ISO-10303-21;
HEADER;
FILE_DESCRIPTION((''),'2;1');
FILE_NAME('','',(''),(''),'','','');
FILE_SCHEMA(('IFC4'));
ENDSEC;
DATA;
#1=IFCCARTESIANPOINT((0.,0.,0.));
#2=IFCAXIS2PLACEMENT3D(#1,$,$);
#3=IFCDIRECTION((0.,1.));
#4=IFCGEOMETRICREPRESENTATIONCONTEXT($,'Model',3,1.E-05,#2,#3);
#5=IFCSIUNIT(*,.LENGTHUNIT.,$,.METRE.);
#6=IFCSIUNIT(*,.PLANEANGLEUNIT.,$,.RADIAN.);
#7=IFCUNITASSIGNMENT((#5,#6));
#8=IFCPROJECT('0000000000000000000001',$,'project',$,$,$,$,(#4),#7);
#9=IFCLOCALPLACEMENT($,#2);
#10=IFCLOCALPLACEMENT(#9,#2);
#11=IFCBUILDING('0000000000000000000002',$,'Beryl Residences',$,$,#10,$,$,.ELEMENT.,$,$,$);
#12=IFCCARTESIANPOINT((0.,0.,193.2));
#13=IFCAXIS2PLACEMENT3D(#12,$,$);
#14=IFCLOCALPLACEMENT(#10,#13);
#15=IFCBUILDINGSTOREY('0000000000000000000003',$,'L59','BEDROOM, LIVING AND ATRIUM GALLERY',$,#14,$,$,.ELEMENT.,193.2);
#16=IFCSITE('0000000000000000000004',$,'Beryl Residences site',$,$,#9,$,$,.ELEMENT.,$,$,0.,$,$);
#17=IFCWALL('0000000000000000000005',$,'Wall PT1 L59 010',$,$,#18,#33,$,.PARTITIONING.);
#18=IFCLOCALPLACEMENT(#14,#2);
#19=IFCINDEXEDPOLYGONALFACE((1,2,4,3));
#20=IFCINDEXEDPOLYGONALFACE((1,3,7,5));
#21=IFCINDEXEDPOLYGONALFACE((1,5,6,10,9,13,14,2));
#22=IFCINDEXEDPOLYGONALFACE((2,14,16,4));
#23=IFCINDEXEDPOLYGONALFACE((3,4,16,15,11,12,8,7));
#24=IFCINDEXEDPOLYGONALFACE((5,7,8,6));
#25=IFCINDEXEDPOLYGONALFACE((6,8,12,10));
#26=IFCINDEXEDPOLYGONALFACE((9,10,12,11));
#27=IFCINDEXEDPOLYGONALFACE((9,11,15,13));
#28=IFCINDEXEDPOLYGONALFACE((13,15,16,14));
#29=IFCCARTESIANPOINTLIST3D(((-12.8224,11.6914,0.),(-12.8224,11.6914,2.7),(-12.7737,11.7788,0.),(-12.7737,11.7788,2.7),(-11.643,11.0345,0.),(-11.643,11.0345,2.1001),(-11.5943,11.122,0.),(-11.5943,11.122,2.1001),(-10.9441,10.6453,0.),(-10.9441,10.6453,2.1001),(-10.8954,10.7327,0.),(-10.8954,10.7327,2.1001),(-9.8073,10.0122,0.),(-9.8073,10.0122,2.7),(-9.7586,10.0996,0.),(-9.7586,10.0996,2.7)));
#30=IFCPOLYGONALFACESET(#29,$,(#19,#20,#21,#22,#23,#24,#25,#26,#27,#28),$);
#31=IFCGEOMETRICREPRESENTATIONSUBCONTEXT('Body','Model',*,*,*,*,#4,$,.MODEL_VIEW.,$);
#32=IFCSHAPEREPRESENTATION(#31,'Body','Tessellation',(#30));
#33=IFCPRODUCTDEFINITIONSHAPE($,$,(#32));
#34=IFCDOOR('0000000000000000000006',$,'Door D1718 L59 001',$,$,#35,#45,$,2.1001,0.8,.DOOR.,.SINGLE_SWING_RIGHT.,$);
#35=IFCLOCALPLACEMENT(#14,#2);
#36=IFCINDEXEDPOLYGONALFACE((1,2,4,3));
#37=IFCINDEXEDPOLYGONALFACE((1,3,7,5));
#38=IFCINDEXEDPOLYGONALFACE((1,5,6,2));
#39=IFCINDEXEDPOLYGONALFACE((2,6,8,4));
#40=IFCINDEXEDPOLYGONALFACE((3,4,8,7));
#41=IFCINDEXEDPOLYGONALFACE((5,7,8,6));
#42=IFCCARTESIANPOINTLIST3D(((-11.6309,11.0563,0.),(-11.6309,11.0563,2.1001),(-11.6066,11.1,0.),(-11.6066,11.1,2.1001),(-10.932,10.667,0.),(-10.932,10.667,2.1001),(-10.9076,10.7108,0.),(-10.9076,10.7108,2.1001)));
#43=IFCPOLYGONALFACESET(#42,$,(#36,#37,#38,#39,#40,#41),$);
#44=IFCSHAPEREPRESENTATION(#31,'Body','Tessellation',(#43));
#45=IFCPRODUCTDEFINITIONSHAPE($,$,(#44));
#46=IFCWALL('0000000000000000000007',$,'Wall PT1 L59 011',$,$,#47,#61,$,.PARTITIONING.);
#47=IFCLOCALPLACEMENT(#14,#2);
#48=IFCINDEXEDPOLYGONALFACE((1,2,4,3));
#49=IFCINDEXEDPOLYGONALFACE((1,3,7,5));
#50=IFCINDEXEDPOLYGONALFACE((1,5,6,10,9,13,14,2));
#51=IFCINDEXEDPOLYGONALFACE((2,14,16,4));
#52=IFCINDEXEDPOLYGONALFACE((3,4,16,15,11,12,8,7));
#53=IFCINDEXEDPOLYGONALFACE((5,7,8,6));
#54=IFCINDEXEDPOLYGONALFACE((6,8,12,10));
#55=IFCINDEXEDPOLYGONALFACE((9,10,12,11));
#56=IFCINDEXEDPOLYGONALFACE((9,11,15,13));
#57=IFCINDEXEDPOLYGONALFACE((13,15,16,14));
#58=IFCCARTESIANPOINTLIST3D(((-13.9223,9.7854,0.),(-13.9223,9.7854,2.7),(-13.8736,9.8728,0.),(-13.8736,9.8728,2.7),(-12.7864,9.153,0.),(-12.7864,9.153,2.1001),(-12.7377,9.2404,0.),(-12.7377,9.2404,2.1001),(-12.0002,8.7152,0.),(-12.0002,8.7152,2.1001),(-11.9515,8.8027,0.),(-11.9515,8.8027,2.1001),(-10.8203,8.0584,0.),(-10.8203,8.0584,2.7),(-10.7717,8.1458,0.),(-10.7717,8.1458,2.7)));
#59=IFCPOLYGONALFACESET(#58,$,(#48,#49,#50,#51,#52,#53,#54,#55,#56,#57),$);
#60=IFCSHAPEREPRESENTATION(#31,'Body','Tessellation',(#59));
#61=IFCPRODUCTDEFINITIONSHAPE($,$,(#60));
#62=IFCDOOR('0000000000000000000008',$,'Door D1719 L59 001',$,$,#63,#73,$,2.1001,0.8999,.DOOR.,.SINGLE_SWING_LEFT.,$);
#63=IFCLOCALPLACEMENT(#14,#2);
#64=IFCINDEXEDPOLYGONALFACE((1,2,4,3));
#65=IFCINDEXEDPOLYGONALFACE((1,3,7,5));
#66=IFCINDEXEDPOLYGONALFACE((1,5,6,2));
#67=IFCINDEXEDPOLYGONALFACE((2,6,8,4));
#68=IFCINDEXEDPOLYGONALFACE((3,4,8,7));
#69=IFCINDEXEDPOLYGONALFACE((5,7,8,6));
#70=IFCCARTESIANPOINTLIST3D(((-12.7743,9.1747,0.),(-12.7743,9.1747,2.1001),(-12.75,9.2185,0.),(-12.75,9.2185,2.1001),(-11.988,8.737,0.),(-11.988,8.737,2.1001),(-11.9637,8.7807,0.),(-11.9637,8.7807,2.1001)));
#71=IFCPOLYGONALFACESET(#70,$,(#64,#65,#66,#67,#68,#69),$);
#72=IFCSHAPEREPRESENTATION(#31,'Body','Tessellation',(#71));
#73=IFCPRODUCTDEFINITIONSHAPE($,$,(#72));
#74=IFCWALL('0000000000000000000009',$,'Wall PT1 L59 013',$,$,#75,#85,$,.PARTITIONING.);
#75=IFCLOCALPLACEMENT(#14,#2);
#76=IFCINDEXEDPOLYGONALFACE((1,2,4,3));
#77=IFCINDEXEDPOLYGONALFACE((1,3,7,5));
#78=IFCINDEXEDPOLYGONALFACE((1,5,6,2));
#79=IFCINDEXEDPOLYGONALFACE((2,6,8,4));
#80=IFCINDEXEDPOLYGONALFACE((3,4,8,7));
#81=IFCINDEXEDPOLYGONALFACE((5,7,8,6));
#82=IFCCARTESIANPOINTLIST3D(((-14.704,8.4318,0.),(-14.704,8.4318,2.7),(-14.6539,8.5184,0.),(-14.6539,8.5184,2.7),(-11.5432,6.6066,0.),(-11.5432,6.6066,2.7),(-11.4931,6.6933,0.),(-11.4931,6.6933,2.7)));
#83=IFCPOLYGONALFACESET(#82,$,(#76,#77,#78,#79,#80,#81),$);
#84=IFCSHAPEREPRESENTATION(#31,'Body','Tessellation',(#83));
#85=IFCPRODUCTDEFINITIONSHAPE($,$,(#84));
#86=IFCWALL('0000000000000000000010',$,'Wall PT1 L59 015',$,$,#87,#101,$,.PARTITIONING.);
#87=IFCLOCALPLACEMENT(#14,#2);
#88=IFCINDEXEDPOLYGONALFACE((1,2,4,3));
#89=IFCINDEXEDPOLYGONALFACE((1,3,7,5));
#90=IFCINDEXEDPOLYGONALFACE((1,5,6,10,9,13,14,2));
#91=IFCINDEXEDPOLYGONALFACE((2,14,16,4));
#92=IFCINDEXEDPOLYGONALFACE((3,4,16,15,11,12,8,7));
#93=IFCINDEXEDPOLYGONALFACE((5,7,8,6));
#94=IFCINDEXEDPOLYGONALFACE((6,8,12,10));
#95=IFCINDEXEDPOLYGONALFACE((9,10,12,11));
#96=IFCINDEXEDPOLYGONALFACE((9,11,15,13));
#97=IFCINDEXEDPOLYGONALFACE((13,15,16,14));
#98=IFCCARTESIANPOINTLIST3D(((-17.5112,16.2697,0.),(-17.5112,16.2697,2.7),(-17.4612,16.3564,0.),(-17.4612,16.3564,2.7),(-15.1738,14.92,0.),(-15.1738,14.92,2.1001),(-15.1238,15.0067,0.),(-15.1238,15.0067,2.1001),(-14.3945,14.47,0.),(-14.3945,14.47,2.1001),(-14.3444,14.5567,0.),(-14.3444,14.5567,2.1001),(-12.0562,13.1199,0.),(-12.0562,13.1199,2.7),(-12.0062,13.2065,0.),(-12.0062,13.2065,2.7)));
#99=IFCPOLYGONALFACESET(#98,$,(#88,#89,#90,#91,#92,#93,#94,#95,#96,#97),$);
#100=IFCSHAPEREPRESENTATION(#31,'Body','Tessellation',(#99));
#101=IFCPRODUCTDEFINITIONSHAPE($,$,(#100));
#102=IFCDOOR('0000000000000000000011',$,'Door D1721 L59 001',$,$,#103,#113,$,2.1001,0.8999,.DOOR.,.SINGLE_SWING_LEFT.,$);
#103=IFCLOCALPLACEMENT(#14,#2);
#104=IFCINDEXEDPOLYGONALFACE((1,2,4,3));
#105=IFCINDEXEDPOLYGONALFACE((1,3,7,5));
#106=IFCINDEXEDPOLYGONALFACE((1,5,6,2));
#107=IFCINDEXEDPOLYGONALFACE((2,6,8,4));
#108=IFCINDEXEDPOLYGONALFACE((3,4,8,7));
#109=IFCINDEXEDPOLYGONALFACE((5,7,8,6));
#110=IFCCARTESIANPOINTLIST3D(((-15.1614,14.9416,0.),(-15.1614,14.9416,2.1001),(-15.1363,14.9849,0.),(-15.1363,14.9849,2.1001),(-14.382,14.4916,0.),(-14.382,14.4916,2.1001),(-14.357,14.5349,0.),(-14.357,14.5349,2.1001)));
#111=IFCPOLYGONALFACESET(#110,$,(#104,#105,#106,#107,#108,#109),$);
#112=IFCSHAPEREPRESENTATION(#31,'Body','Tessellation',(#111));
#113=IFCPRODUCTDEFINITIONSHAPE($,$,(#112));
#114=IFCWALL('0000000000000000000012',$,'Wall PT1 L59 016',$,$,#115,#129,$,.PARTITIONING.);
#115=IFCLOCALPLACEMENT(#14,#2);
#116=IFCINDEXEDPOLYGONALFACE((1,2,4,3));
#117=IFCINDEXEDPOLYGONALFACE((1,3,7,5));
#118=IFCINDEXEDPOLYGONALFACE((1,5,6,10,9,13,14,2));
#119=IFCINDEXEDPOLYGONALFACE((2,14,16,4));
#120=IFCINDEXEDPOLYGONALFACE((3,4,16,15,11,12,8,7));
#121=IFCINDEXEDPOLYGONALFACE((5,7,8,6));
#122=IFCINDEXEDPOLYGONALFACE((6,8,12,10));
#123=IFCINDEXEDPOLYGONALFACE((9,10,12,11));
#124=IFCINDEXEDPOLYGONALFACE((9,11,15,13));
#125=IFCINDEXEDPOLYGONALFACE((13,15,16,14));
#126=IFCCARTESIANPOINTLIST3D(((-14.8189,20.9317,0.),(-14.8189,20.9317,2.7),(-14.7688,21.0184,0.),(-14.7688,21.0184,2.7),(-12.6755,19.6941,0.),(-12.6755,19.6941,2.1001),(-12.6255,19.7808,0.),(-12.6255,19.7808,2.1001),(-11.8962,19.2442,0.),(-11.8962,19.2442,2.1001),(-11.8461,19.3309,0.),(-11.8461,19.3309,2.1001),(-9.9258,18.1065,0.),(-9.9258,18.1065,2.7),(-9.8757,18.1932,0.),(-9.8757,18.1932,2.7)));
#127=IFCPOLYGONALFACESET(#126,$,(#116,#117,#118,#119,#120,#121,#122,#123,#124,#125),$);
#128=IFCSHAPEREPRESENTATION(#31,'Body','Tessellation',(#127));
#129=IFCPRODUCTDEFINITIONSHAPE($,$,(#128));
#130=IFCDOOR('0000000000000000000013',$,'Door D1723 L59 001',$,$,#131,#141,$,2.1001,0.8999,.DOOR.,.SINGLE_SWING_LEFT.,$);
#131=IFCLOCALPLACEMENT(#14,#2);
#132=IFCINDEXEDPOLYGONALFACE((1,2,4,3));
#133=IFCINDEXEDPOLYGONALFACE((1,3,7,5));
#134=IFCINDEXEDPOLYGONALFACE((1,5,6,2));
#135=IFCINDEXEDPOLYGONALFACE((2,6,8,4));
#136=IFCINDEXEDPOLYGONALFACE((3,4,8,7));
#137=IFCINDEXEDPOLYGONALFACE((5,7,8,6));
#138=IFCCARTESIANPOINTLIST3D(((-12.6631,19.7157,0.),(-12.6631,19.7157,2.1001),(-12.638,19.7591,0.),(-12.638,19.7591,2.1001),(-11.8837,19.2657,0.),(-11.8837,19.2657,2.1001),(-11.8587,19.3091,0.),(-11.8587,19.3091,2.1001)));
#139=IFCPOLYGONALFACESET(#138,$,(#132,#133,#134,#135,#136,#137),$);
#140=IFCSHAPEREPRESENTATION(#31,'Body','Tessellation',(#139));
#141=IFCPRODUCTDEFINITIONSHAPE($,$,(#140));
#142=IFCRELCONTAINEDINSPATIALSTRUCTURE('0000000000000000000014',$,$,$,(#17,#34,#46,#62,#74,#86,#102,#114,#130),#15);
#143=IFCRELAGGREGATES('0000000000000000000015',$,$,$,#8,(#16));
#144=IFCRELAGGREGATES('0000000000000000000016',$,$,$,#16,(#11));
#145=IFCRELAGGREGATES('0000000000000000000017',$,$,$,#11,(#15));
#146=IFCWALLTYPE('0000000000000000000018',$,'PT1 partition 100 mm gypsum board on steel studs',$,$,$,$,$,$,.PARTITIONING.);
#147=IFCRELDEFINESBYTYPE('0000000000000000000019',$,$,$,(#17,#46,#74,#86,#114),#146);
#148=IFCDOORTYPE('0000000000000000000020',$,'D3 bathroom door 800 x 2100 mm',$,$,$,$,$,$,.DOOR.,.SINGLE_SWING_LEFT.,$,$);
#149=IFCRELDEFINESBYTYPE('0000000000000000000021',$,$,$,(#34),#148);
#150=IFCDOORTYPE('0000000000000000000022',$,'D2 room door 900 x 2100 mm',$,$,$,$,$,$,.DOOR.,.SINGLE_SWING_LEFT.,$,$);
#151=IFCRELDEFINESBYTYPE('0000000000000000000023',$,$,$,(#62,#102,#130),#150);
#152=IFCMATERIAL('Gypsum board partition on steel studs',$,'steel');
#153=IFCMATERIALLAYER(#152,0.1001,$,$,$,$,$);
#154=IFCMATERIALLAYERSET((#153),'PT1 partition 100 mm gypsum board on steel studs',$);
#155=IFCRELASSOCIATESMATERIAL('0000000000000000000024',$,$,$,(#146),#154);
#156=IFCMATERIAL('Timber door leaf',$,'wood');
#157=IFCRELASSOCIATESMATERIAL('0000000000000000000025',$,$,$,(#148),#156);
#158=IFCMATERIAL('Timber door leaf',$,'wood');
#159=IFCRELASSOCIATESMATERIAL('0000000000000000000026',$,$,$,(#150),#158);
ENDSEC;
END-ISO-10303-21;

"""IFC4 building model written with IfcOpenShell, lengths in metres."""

from ifc_helpers import new_model, si_unit, direction, frame, frame_2d, origin, place, context, subcontext, project, spatial, rectangle, extrude, material, layer, layer_set, type_object, element, fill, save


model = new_model("IFC4")

# Units and contexts
model_context = context("Model", 3, precision=1e-05, world=origin(), true_north=direction((0.0, 1.0)))
body_context = subcontext(model_context, "Body", "Model", "MODEL_VIEW")
ifc_project = project(units=[si_unit("LENGTHUNIT", "METRE"), si_unit("PLANEANGLEUNIT", "RADIAN")], contexts=[model_context])

# Site, building, storey
site_placement = place(None, origin())
site = spatial("IfcSite", under=ifc_project, at=site_placement, Name="Beryl Residences site", CompositionType="ELEMENT", RefElevation=0.0)
building_placement = place(site_placement, origin())
building = spatial("IfcBuilding", under=site, at=building_placement, Name="Beryl Residences", CompositionType="ELEMENT")
storey_placement = place(building_placement, frame((0.0, 0.0, 193.2)))
storey = spatial("IfcBuildingStorey", under=building, at=storey_placement, Name="L59", Description="BEDROOM, LIVING AND ATRIUM GALLERY", CompositionType="ELEMENT", Elevation=193.2)

# Walls, openings, doors
ifc_material_1 = material(Name="Gypsum board partition on steel studs", Category="steel")
ifc_layer_1 = layer(ifc_material_1, 0.1001)
ifc_layer_set_1 = layer_set([ifc_layer_1], Name="PT1 partition 100 mm gypsum board on steel studs")
wall_type_1 = type_object("IfcWallType", Name="PT1 partition 100 mm gypsum board on steel studs", PredefinedType="PARTITIONING", material=ifc_layer_set_1)
wall_1_placement = place(storey_placement, frame((-12.7981, 11.7351, 0.0), z_axis=(0.0, 0.0, 1.0), x_axis=(0.87365, -0.486556, 0.0)))
wall_1 = element("IfcWall", 1, at=wall_1_placement, inside=storey, type_object=wall_type_1, Name="Wall PT1 L59 010", PredefinedType="PARTITIONING", context=body_context, shape_type="SweptSolid", body=[
    extrude(rectangle(XDim=3.4512, YDim=0.1001, at=frame_2d((1.7256, 0.0))), origin(), (0.0, 0.0, 1.0), 2.7),
])
opening_1_placement = place(wall_1_placement, frame((1.3501, 0.0, 0.0)))
opening_1 = element("IfcOpeningElement", 2, at=opening_1_placement, cuts=wall_1, PredefinedType="OPENING", context=body_context, shape_type="SweptSolid", body=[
    extrude(rectangle(XDim=0.8, YDim=2.1001, at=frame_2d((0.3999, 1.05))), frame((0.0, 0.0601, 0.0), z_axis=(0.0, -1.0, 0.0), x_axis=(1.0, 0.0, 0.0)), (0.0, 0.0, 1.0), 0.1201),
])
ifc_material_2 = material(Name="Timber door leaf", Category="wood")
door_type_1 = type_object("IfcDoorType", Name="D3 bathroom door 800 x 2100 mm", OperationType="SINGLE_SWING_LEFT", PredefinedType="DOOR", material=ifc_material_2)
door_1_placement = place(opening_1_placement, origin())
door_1 = element("IfcDoor", 3, at=door_1_placement, inside=storey, type_object=door_type_1, Name="Door D1718 L59 001", OperationType="SINGLE_SWING_RIGHT", OverallHeight=2.1001, OverallWidth=0.8, PredefinedType="DOOR", context=body_context, shape_type="SweptSolid", body=[
    extrude(rectangle(XDim=0.8, YDim=2.1001, at=frame_2d((0.3999, 1.05))), frame((0.0, 0.0249, 0.0), z_axis=(0.0, -1.0, 0.0), x_axis=(1.0, 0.0, 0.0)), (0.0, 0.0, 1.0), 0.05),
])
fill(opening_1, door_1)
wall_2_placement = place(storey_placement, frame((-13.8979, 9.8291, 0.0), z_axis=(0.0, 0.0, 1.0), x_axis=(0.873716, -0.486437, 0.0)))
wall_2 = element("IfcWall", 4, at=wall_2_placement, inside=storey, type_object=wall_type_1, Name="Wall PT1 L59 011", PredefinedType="PARTITIONING", context=body_context, shape_type="SweptSolid", body=[
    extrude(rectangle(XDim=3.5503, YDim=0.1001, at=frame_2d((1.7751, 0.0))), origin(), (0.0, 0.0, 1.0), 2.7),
])
opening_2_placement = place(wall_2_placement, frame((1.3, 0.0, 0.0)))
opening_2 = element("IfcOpeningElement", 5, at=opening_2_placement, cuts=wall_2, PredefinedType="OPENING", context=body_context, shape_type="SweptSolid", body=[
    extrude(rectangle(XDim=0.8999, YDim=2.1001, at=frame_2d((0.45, 1.05))), frame((0.0, 0.0601, 0.0), z_axis=(0.0, -1.0, 0.0), x_axis=(1.0, 0.0, 0.0)), (0.0, 0.0, 1.0), 0.1201),
])
ifc_material_3 = material(Name="Timber door leaf", Category="wood")
door_type_2 = type_object("IfcDoorType", Name="D2 room door 900 x 2100 mm", OperationType="SINGLE_SWING_LEFT", PredefinedType="DOOR", material=ifc_material_3)
door_2_placement = place(opening_2_placement, origin())
door_2 = element("IfcDoor", 6, at=door_2_placement, inside=storey, type_object=door_type_2, Name="Door D1719 L59 001", OperationType="SINGLE_SWING_LEFT", OverallHeight=2.1001, OverallWidth=0.8999, PredefinedType="DOOR", context=body_context, shape_type="SweptSolid", body=[
    extrude(rectangle(XDim=0.8999, YDim=2.1001, at=frame_2d((0.45, 1.05))), frame((0.0, 0.0249, 0.0), z_axis=(0.0, -1.0, 0.0), x_axis=(1.0, 0.0, 0.0)), (0.0, 0.0, 1.0), 0.05),
])
fill(opening_2, door_2)

# Wall
wall_3_placement = place(storey_placement, frame((-14.679, 8.4751, 0.0), z_axis=(0.0, 0.0, 1.0), x_axis=(0.865995, -0.500052, 0.0)))
element("IfcWall", 7, at=wall_3_placement, inside=storey, type_object=wall_type_1, Name="Wall PT1 L59 013", PredefinedType="PARTITIONING", context=body_context, shape_type="SweptSolid", body=[
    extrude(rectangle(XDim=3.6499, YDim=0.1001, at=frame_2d((1.825, 0.0))), origin(), (0.0, 0.0, 1.0), 2.7),
])

# Walls, openings, doors
wall_4_placement = place(storey_placement, frame((-17.4861, 16.313, 0.0), z_axis=(0.0, 0.0, 1.0), x_axis=(0.865997, -0.500049, 0.0)))
wall_4 = element("IfcWall", 8, at=wall_4_placement, inside=storey, type_object=wall_type_1, Name="Wall PT1 L59 015", PredefinedType="PARTITIONING", context=body_context, shape_type="SweptSolid", body=[
    extrude(rectangle(XDim=6.2991, YDim=0.1001, at=frame_2d((3.1494, 0.0))), origin(), (0.0, 0.0, 1.0), 2.7),
])
opening_3_placement = place(wall_4_placement, frame((2.699, 0.0, 0.0)))
opening_3 = element("IfcOpeningElement", 9, at=opening_3_placement, cuts=wall_4, PredefinedType="OPENING", context=body_context, shape_type="SweptSolid", body=[
    extrude(rectangle(XDim=0.8999, YDim=2.1001, at=frame_2d((0.45, 1.05))), frame((0.0, 0.0601, 0.0), z_axis=(0.0, -1.0, 0.0), x_axis=(1.0, 0.0, 0.0)), (0.0, 0.0, 1.0), 0.1201),
])
door_3_placement = place(opening_3_placement, origin())
door_3 = element("IfcDoor", 10, at=door_3_placement, inside=storey, type_object=door_type_2, Name="Door D1721 L59 001", OperationType="SINGLE_SWING_LEFT", OverallHeight=2.1001, OverallWidth=0.8999, PredefinedType="DOOR", context=body_context, shape_type="SweptSolid", body=[
    extrude(rectangle(XDim=0.8999, YDim=2.1001, at=frame_2d((0.45, 1.05))), frame((0.0, 0.0249, 0.0), z_axis=(0.0, -1.0, 0.0), x_axis=(1.0, 0.0, 0.0)), (0.0, 0.0, 1.0), 0.05),
])
fill(opening_3, door_3)
wall_5_placement = place(storey_placement, frame((-14.7939, 20.9751, 0.0), z_axis=(0.0, 0.0, 1.0), x_axis=(0.866011, -0.500024, 0.0)))
wall_5 = element("IfcWall", 11, at=wall_5_placement, inside=storey, type_object=wall_type_1, Name="Wall PT1 L59 016", PredefinedType="PARTITIONING", context=body_context, shape_type="SweptSolid", body=[
    extrude(rectangle(XDim=5.6501, YDim=0.1001, at=frame_2d((2.8252, 0.0))), origin(), (0.0, 0.0, 1.0), 2.7),
])
opening_4_placement = place(wall_5_placement, frame((2.4751, 0.0, 0.0)))
opening_4 = element("IfcOpeningElement", 12, at=opening_4_placement, cuts=wall_5, PredefinedType="OPENING", context=body_context, shape_type="SweptSolid", body=[
    extrude(rectangle(XDim=0.8999, YDim=2.1001, at=frame_2d((0.45, 1.05))), frame((0.0, 0.0601, 0.0), z_axis=(0.0, -1.0, 0.0), x_axis=(1.0, 0.0, 0.0)), (0.0, 0.0, 1.0), 0.1201),
])
door_4_placement = place(opening_4_placement, origin())
door_4 = element("IfcDoor", 13, at=door_4_placement, inside=storey, type_object=door_type_2, Name="Door D1723 L59 001", OperationType="SINGLE_SWING_LEFT", OverallHeight=2.1001, OverallWidth=0.8999, PredefinedType="DOOR", context=body_context, shape_type="SweptSolid", body=[
    extrude(rectangle(XDim=0.8999, YDim=2.1001, at=frame_2d((0.45, 1.05))), frame((0.0, 0.0249, 0.0), z_axis=(0.0, -1.0, 0.0), x_axis=(1.0, 0.0, 0.0)), (0.0, 0.0, 1.0), 0.05),
])
fill(opening_4, door_4)

save(model, "model.ifc")
